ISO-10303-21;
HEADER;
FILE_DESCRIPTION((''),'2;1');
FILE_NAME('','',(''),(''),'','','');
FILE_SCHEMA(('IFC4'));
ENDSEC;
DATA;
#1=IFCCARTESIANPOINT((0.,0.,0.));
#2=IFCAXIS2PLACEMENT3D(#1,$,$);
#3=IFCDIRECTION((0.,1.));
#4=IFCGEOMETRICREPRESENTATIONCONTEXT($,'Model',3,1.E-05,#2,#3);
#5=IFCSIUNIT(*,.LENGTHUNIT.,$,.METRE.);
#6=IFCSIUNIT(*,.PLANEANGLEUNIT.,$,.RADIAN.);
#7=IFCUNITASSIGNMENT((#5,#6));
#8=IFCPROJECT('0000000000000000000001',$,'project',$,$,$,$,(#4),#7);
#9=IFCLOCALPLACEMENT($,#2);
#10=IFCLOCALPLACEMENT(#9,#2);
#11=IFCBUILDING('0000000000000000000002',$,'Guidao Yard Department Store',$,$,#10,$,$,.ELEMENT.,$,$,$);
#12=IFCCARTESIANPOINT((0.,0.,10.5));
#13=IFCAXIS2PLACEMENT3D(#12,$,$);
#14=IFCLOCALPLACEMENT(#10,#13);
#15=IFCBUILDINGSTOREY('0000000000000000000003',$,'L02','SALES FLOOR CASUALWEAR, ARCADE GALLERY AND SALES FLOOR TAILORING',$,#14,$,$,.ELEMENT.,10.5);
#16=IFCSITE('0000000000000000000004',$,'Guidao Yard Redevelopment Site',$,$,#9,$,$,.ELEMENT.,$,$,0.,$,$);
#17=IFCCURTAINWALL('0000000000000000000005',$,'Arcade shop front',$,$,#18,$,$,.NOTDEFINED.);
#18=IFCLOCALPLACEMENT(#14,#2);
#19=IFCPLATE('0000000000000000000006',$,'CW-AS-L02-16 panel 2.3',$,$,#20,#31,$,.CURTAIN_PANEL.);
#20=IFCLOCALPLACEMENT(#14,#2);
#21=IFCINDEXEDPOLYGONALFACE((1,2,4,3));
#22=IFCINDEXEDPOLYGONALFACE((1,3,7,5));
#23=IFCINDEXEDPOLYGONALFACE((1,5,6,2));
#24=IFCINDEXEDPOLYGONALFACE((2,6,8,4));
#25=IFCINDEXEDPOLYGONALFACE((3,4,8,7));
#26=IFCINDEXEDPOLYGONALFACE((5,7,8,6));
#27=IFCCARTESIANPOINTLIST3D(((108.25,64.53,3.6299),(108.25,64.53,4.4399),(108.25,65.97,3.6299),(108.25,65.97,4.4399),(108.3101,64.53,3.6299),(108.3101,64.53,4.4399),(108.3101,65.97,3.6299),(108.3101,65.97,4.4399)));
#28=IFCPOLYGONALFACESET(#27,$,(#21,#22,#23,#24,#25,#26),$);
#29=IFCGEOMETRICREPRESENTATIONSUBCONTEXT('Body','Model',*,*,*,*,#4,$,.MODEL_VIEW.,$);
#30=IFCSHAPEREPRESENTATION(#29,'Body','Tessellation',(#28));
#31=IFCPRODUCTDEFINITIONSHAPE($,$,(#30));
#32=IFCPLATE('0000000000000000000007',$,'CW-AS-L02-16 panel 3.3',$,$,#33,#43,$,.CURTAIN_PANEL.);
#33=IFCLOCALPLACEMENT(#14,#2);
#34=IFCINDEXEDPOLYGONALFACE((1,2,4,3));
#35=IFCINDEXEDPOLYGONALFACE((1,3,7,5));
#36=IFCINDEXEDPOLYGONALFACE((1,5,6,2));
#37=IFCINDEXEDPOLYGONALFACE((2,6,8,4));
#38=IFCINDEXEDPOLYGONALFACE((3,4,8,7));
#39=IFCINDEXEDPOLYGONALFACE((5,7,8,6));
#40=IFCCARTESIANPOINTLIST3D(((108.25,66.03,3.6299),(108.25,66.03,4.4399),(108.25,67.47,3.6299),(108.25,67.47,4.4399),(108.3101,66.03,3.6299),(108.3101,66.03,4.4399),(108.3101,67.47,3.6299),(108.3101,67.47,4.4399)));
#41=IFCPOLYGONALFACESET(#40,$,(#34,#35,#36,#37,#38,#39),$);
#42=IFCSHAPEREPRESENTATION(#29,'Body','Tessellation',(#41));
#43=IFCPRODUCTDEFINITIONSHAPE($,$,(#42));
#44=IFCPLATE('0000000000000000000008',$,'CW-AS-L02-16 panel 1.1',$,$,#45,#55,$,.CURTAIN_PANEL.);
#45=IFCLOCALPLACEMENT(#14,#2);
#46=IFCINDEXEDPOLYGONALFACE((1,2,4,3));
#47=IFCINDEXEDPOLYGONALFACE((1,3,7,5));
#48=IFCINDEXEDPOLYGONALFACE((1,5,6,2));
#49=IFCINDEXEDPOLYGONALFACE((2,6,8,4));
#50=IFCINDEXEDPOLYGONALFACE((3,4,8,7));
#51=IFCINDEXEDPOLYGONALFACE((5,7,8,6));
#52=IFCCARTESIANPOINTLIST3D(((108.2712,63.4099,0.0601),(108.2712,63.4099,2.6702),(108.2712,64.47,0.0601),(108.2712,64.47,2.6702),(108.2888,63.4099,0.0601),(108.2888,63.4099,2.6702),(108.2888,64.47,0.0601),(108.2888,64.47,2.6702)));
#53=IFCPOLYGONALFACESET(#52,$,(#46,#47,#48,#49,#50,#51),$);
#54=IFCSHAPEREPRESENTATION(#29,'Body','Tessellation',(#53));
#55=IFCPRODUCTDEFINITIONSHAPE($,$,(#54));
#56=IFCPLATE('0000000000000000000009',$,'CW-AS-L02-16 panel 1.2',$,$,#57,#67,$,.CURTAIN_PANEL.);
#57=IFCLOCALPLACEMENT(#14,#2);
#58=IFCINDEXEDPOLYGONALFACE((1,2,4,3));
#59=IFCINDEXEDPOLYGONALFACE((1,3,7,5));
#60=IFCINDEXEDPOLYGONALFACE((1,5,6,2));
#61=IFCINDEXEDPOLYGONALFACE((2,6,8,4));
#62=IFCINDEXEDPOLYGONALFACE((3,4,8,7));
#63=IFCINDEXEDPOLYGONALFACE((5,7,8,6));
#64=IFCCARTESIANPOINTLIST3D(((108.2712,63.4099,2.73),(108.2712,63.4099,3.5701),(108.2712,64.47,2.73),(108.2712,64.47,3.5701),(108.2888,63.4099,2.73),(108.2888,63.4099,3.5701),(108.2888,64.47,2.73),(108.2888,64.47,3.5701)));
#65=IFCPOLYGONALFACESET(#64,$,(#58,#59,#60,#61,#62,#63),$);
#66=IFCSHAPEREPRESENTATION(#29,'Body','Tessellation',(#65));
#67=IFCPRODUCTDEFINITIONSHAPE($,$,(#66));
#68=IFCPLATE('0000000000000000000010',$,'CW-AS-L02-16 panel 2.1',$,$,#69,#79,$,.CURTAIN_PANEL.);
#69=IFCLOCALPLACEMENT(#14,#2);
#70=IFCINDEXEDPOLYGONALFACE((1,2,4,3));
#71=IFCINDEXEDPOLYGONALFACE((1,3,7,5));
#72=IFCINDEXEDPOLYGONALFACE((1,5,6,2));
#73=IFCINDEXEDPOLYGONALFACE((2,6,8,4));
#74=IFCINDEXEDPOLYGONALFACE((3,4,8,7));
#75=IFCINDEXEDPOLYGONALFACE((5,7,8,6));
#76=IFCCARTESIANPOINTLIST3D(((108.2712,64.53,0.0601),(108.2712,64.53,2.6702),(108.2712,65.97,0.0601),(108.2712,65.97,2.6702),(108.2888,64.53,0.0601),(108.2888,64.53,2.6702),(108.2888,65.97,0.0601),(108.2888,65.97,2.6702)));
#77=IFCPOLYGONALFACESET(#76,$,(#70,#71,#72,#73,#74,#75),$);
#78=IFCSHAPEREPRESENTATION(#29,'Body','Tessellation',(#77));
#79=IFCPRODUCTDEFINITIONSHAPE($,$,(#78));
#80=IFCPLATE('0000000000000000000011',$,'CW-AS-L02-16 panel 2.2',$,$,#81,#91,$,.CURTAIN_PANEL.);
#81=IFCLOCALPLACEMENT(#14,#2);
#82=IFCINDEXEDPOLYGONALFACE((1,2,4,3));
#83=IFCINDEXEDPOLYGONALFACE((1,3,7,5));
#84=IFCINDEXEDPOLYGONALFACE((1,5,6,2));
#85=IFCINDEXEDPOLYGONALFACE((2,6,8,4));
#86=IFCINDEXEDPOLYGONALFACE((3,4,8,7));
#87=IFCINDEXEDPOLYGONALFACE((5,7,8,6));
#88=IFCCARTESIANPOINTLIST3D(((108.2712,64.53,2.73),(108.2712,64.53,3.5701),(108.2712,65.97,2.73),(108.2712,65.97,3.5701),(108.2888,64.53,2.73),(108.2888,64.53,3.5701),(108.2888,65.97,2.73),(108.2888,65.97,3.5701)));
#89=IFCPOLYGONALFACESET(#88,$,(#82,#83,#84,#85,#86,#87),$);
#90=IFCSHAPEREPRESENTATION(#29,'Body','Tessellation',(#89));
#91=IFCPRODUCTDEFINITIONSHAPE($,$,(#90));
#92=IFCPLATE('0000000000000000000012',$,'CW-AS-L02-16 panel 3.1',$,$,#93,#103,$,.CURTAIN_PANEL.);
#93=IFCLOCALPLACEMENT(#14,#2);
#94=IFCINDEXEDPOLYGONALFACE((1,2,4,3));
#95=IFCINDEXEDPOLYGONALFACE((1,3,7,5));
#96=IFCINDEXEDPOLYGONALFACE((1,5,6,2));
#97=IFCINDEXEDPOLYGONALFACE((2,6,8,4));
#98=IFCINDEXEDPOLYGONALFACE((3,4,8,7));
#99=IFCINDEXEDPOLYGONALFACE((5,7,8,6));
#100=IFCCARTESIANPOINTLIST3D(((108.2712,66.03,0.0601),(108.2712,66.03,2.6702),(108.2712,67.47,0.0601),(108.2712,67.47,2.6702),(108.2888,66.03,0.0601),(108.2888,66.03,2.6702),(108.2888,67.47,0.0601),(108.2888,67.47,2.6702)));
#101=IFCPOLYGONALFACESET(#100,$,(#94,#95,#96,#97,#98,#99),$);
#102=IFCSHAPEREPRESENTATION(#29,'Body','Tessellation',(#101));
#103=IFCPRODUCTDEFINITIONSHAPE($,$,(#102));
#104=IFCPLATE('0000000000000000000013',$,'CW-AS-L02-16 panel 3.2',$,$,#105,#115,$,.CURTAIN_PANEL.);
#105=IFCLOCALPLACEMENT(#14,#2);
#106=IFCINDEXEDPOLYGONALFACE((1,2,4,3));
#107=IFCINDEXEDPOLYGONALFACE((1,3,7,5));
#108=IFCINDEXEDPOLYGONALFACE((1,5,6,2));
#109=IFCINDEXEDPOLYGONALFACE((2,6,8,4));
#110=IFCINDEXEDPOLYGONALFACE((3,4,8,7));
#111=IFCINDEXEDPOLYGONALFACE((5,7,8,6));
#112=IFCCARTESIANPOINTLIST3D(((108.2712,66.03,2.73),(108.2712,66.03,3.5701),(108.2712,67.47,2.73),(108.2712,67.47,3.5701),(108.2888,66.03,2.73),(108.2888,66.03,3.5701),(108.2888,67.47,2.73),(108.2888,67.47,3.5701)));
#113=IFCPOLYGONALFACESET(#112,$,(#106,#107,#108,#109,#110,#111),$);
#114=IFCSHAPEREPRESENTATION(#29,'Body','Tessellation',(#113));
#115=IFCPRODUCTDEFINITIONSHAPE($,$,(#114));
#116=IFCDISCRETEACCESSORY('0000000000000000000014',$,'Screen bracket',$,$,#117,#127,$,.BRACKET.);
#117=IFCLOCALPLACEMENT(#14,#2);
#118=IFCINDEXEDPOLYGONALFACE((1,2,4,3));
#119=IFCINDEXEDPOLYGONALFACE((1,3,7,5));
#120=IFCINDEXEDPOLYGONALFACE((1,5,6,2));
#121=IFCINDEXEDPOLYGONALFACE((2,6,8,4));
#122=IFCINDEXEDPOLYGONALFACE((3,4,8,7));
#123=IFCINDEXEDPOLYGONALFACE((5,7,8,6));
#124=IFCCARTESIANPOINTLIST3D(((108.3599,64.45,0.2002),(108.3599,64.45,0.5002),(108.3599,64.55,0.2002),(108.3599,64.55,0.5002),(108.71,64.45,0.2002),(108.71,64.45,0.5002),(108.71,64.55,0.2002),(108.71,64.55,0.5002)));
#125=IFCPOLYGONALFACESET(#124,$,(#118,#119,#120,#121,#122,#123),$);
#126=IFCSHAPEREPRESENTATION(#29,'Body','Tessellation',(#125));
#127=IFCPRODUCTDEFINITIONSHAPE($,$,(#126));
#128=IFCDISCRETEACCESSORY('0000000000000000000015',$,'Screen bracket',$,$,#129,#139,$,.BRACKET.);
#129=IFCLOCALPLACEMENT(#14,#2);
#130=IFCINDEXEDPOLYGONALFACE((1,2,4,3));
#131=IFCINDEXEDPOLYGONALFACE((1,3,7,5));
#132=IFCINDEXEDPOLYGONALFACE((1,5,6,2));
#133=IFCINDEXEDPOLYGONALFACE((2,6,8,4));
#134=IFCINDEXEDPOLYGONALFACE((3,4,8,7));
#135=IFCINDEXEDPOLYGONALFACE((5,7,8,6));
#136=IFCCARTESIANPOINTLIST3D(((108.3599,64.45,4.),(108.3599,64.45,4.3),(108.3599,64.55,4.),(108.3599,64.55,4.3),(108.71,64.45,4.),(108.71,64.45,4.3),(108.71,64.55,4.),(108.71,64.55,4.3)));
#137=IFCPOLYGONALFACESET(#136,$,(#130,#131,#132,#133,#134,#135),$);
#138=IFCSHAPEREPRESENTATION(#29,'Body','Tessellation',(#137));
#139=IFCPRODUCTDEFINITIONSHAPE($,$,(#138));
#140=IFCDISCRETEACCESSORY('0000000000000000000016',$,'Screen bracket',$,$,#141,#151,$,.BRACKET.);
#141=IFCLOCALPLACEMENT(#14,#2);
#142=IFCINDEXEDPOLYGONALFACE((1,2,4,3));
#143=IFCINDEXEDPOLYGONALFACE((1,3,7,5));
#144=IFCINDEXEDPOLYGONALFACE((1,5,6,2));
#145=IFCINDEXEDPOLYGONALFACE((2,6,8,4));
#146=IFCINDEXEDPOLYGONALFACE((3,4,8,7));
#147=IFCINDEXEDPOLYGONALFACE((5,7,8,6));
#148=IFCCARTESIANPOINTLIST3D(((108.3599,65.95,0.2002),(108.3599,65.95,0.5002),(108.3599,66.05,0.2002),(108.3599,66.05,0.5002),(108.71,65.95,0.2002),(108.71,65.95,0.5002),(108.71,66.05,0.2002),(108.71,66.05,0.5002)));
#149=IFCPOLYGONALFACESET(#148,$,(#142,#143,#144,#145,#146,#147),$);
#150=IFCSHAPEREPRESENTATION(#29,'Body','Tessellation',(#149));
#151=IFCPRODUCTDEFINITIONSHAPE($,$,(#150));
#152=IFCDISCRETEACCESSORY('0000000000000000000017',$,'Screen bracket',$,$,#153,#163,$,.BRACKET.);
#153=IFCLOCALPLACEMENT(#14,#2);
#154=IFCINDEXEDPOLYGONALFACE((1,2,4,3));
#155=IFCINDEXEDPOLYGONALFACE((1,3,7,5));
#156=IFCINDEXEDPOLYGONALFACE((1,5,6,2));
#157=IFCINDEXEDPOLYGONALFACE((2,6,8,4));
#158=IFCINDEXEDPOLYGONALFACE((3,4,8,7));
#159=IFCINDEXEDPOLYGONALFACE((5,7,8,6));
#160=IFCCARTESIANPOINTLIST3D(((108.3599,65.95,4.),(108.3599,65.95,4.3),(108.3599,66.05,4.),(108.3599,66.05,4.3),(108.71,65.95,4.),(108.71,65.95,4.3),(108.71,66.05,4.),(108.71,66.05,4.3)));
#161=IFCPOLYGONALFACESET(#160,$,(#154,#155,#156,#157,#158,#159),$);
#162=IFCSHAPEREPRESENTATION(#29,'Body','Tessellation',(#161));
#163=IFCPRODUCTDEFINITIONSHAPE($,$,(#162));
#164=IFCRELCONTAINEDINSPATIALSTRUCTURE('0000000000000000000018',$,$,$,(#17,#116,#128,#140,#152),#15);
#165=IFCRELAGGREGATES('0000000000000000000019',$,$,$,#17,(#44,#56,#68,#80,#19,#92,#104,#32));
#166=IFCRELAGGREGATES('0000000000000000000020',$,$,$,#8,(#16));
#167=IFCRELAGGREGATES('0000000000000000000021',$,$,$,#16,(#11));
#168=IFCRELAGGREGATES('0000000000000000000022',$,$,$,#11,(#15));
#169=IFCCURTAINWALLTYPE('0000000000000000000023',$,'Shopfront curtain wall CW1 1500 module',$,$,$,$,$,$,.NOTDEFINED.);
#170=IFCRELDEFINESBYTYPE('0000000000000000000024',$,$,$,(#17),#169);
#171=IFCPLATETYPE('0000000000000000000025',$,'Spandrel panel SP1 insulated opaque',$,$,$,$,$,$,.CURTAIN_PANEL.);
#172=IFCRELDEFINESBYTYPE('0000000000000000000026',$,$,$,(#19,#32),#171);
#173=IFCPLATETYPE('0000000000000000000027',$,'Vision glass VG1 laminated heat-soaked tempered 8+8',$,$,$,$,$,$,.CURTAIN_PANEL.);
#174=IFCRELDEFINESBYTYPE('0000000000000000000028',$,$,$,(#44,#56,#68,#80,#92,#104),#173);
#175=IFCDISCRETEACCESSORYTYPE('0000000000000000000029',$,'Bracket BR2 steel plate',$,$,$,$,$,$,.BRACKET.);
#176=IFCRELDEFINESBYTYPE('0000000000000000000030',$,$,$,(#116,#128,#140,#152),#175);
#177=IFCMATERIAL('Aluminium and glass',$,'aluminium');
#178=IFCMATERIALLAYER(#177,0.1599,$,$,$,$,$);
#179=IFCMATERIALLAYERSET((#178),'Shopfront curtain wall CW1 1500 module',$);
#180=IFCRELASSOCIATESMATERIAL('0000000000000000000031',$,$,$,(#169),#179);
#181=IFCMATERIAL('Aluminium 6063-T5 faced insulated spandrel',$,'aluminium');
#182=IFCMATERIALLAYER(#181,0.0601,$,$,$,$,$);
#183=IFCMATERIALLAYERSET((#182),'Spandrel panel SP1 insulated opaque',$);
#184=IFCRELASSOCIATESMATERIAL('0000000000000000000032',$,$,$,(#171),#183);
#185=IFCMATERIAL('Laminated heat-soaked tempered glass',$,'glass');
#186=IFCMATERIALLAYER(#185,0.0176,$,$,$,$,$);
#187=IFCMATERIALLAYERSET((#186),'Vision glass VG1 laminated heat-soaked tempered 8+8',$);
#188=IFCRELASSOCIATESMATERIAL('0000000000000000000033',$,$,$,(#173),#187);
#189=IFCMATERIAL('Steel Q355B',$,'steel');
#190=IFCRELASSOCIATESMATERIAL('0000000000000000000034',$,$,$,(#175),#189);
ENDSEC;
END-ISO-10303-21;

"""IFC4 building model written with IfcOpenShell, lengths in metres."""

from ifc_helpers import new_model, si_unit, direction, frame, origin, origin_2d, place, context, subcontext, project, spatial, rectangle, extrude, material, layer, layer_set, type_object, element, aggregate, save


model = new_model("IFC4")

# Units and contexts
model_context = context("Model", 3, precision=1e-05, world=origin(), true_north=direction((0.0, 1.0)))
body_context = subcontext(model_context, "Body", "Model", "MODEL_VIEW")
ifc_project = project(units=[si_unit("LENGTHUNIT", "METRE"), si_unit("PLANEANGLEUNIT", "RADIAN")], contexts=[model_context])

# Site, building, storey
site_placement = place(None, origin())
site = spatial("IfcSite", under=ifc_project, at=site_placement, Name="Guidao Yard Redevelopment Site", CompositionType="ELEMENT", RefElevation=0.0)
building_placement = place(site_placement, origin())
building = spatial("IfcBuilding", under=site, at=building_placement, Name="Guidao Yard Department Store", CompositionType="ELEMENT")
storey_placement = place(building_placement, frame((0.0, 0.0, 10.5)))
storey = spatial("IfcBuildingStorey", under=building, at=storey_placement, Name="L02", Description="SALES FLOOR CASUALWEAR, ARCADE GALLERY AND SALES FLOOR TAILORING", CompositionType="ELEMENT", Elevation=10.5)

# Shared definitions
ifc_material_1 = material(Name="Aluminium and glass", Category="aluminium")
ifc_layer_1 = layer(ifc_material_1, 0.1599)
ifc_layer_set_1 = layer_set([ifc_layer_1], Name="Shopfront curtain wall CW1 1500 module")
curtain_wall_type = type_object("IfcCurtainWallType", Name="Shopfront curtain wall CW1 1500 module", PredefinedType="NOTDEFINED", material=ifc_layer_set_1)

# Curtain wall, plates
curtain_wall_1_placement = place(storey_placement, origin())
curtain_wall_1 = element("IfcCurtainWall", 1, at=curtain_wall_1_placement, inside=storey, type_object=curtain_wall_type, Name="Arcade shop front", PredefinedType="NOTDEFINED")
ifc_material_2 = material(Name="Aluminium 6063-T5 faced insulated spandrel", Category="aluminium")
ifc_layer_2 = layer(ifc_material_2, 0.0601)
ifc_layer_set_2 = layer_set([ifc_layer_2], Name="Spandrel panel SP1 insulated opaque")
plate_type_1 = type_object("IfcPlateType", Name="Spandrel panel SP1 insulated opaque", PredefinedType="CURTAIN_PANEL", material=ifc_layer_set_2)
plate_1_placement = place(storey_placement, frame((108.28, 65.25, 3.6299), z_axis=(0.0, 0.0, 1.0), x_axis=(0.0, -1.0, 0.0)))
plate_1 = element("IfcPlate", 2, at=plate_1_placement, type_object=plate_type_1, Name="CW-AS-L02-16 panel 2.3", PredefinedType="CURTAIN_PANEL", context=body_context, shape_type="SweptSolid", body=[
    extrude(rectangle(XDim=1.4399, YDim=0.0601, at=origin_2d()), origin(), (0.0, 0.0, 1.0), 0.8101),
])
plate_2_placement = place(storey_placement, frame((108.28, 66.75, 3.6299), z_axis=(0.0, 0.0, 1.0), x_axis=(0.0, -1.0, 0.0)))
plate_2 = element("IfcPlate", 3, at=plate_2_placement, type_object=plate_type_1, Name="CW-AS-L02-16 panel 3.3", PredefinedType="CURTAIN_PANEL", context=body_context, shape_type="SweptSolid", body=[
    extrude(rectangle(XDim=1.4399, YDim=0.0601, at=origin_2d()), origin(), (0.0, 0.0, 1.0), 0.8101),
])
ifc_material_3 = material(Name="Laminated heat-soaked tempered glass", Category="glass")
ifc_layer_3 = layer(ifc_material_3, 0.0176)
ifc_layer_set_3 = layer_set([ifc_layer_3], Name="Vision glass VG1 laminated heat-soaked tempered 8+8")
plate_type_2 = type_object("IfcPlateType", Name="Vision glass VG1 laminated heat-soaked tempered 8+8", PredefinedType="CURTAIN_PANEL", material=ifc_layer_set_3)
plate_3_placement = place(storey_placement, frame((108.28, 63.9399, 0.0601), z_axis=(0.0, 0.0, 1.0), x_axis=(0.0, -1.0, 0.0)))
plate_3 = element("IfcPlate", 4, at=plate_3_placement, type_object=plate_type_2, Name="CW-AS-L02-16 panel 1.1", PredefinedType="CURTAIN_PANEL", context=body_context, shape_type="SweptSolid", body=[
    extrude(rectangle(XDim=1.0601, YDim=0.0176, at=origin_2d()), origin(), (0.0, 0.0, 1.0), 2.6101),
])
plate_4_placement = place(storey_placement, frame((108.28, 63.9399, 2.73), z_axis=(0.0, 0.0, 1.0), x_axis=(0.0, -1.0, 0.0)))
plate_4 = element("IfcPlate", 5, at=plate_4_placement, type_object=plate_type_2, Name="CW-AS-L02-16 panel 1.2", PredefinedType="CURTAIN_PANEL", context=body_context, shape_type="SweptSolid", body=[
    extrude(rectangle(XDim=1.0601, YDim=0.0176, at=origin_2d()), origin(), (0.0, 0.0, 1.0), 0.8401),
])
plate_5_placement = place(storey_placement, frame((108.28, 65.25, 0.0601), z_axis=(0.0, 0.0, 1.0), x_axis=(0.0, -1.0, 0.0)))
plate_5 = element("IfcPlate", 6, at=plate_5_placement, type_object=plate_type_2, Name="CW-AS-L02-16 panel 2.1", PredefinedType="CURTAIN_PANEL", context=body_context, shape_type="SweptSolid", body=[
    extrude(rectangle(XDim=1.4399, YDim=0.0176, at=origin_2d()), origin(), (0.0, 0.0, 1.0), 2.6101),
])
plate_6_placement = place(storey_placement, frame((108.28, 65.25, 2.73), z_axis=(0.0, 0.0, 1.0), x_axis=(0.0, -1.0, 0.0)))
plate_6 = element("IfcPlate", 7, at=plate_6_placement, type_object=plate_type_2, Name="CW-AS-L02-16 panel 2.2", PredefinedType="CURTAIN_PANEL", context=body_context, shape_type="SweptSolid", body=[
    extrude(rectangle(XDim=1.4399, YDim=0.0176, at=origin_2d()), origin(), (0.0, 0.0, 1.0), 0.8401),
])
plate_7_placement = place(storey_placement, frame((108.28, 66.75, 0.0601), z_axis=(0.0, 0.0, 1.0), x_axis=(0.0, -1.0, 0.0)))
plate_7 = element("IfcPlate", 8, at=plate_7_placement, type_object=plate_type_2, Name="CW-AS-L02-16 panel 3.1", PredefinedType="CURTAIN_PANEL", context=body_context, shape_type="SweptSolid", body=[
    extrude(rectangle(XDim=1.4399, YDim=0.0176, at=origin_2d()), origin(), (0.0, 0.0, 1.0), 2.6101),
])
plate_8_placement = place(storey_placement, frame((108.28, 66.75, 2.73), z_axis=(0.0, 0.0, 1.0), x_axis=(0.0, -1.0, 0.0)))
plate_8 = element("IfcPlate", 9, at=plate_8_placement, type_object=plate_type_2, Name="CW-AS-L02-16 panel 3.2", PredefinedType="CURTAIN_PANEL", context=body_context, shape_type="SweptSolid", body=[
    extrude(rectangle(XDim=1.4399, YDim=0.0176, at=origin_2d()), origin(), (0.0, 0.0, 1.0), 0.8401),
])
aggregate(curtain_wall_1, [plate_3, plate_4, plate_5, plate_6, plate_1, plate_7, plate_8, plate_2])

# Discrete accessories
ifc_material_4 = material(Name="Steel Q355B", Category="steel")
discrete_accessory_type = type_object("IfcDiscreteAccessoryType", Name="Bracket BR2 steel plate", PredefinedType="BRACKET", material=ifc_material_4)
for number, where, z_axis, x_axis, name in (
    (10, (108.5349, 64.5, 0.2002), (0.0, 0.0, 1.0), (0.0, -1.0, 0.0), "Screen bracket"),
    (11, (108.5349, 64.5, 4.0), (0.0, 0.0, 1.0), (0.0, -1.0, 0.0), "Screen bracket"),
    (12, (108.5349, 66.0, 0.2002), (0.0, 0.0, 1.0), (0.0, -1.0, 0.0), "Screen bracket"),
    (13, (108.5349, 66.0, 4.0), (0.0, 0.0, 1.0), (0.0, -1.0, 0.0), "Screen bracket"),
):
    element("IfcDiscreteAccessory", number, at=place(storey_placement, frame(where, z_axis=z_axis, x_axis=x_axis)), inside=storey, type_object=discrete_accessory_type, Name=name, PredefinedType="BRACKET", context=body_context, shape_type="SweptSolid", body=[
        extrude(rectangle(XDim=0.1001, YDim=0.3501, at=origin_2d()), origin(), (0.0, 0.0, 1.0), 0.3),
    ])

save(model, "model.ifc")
